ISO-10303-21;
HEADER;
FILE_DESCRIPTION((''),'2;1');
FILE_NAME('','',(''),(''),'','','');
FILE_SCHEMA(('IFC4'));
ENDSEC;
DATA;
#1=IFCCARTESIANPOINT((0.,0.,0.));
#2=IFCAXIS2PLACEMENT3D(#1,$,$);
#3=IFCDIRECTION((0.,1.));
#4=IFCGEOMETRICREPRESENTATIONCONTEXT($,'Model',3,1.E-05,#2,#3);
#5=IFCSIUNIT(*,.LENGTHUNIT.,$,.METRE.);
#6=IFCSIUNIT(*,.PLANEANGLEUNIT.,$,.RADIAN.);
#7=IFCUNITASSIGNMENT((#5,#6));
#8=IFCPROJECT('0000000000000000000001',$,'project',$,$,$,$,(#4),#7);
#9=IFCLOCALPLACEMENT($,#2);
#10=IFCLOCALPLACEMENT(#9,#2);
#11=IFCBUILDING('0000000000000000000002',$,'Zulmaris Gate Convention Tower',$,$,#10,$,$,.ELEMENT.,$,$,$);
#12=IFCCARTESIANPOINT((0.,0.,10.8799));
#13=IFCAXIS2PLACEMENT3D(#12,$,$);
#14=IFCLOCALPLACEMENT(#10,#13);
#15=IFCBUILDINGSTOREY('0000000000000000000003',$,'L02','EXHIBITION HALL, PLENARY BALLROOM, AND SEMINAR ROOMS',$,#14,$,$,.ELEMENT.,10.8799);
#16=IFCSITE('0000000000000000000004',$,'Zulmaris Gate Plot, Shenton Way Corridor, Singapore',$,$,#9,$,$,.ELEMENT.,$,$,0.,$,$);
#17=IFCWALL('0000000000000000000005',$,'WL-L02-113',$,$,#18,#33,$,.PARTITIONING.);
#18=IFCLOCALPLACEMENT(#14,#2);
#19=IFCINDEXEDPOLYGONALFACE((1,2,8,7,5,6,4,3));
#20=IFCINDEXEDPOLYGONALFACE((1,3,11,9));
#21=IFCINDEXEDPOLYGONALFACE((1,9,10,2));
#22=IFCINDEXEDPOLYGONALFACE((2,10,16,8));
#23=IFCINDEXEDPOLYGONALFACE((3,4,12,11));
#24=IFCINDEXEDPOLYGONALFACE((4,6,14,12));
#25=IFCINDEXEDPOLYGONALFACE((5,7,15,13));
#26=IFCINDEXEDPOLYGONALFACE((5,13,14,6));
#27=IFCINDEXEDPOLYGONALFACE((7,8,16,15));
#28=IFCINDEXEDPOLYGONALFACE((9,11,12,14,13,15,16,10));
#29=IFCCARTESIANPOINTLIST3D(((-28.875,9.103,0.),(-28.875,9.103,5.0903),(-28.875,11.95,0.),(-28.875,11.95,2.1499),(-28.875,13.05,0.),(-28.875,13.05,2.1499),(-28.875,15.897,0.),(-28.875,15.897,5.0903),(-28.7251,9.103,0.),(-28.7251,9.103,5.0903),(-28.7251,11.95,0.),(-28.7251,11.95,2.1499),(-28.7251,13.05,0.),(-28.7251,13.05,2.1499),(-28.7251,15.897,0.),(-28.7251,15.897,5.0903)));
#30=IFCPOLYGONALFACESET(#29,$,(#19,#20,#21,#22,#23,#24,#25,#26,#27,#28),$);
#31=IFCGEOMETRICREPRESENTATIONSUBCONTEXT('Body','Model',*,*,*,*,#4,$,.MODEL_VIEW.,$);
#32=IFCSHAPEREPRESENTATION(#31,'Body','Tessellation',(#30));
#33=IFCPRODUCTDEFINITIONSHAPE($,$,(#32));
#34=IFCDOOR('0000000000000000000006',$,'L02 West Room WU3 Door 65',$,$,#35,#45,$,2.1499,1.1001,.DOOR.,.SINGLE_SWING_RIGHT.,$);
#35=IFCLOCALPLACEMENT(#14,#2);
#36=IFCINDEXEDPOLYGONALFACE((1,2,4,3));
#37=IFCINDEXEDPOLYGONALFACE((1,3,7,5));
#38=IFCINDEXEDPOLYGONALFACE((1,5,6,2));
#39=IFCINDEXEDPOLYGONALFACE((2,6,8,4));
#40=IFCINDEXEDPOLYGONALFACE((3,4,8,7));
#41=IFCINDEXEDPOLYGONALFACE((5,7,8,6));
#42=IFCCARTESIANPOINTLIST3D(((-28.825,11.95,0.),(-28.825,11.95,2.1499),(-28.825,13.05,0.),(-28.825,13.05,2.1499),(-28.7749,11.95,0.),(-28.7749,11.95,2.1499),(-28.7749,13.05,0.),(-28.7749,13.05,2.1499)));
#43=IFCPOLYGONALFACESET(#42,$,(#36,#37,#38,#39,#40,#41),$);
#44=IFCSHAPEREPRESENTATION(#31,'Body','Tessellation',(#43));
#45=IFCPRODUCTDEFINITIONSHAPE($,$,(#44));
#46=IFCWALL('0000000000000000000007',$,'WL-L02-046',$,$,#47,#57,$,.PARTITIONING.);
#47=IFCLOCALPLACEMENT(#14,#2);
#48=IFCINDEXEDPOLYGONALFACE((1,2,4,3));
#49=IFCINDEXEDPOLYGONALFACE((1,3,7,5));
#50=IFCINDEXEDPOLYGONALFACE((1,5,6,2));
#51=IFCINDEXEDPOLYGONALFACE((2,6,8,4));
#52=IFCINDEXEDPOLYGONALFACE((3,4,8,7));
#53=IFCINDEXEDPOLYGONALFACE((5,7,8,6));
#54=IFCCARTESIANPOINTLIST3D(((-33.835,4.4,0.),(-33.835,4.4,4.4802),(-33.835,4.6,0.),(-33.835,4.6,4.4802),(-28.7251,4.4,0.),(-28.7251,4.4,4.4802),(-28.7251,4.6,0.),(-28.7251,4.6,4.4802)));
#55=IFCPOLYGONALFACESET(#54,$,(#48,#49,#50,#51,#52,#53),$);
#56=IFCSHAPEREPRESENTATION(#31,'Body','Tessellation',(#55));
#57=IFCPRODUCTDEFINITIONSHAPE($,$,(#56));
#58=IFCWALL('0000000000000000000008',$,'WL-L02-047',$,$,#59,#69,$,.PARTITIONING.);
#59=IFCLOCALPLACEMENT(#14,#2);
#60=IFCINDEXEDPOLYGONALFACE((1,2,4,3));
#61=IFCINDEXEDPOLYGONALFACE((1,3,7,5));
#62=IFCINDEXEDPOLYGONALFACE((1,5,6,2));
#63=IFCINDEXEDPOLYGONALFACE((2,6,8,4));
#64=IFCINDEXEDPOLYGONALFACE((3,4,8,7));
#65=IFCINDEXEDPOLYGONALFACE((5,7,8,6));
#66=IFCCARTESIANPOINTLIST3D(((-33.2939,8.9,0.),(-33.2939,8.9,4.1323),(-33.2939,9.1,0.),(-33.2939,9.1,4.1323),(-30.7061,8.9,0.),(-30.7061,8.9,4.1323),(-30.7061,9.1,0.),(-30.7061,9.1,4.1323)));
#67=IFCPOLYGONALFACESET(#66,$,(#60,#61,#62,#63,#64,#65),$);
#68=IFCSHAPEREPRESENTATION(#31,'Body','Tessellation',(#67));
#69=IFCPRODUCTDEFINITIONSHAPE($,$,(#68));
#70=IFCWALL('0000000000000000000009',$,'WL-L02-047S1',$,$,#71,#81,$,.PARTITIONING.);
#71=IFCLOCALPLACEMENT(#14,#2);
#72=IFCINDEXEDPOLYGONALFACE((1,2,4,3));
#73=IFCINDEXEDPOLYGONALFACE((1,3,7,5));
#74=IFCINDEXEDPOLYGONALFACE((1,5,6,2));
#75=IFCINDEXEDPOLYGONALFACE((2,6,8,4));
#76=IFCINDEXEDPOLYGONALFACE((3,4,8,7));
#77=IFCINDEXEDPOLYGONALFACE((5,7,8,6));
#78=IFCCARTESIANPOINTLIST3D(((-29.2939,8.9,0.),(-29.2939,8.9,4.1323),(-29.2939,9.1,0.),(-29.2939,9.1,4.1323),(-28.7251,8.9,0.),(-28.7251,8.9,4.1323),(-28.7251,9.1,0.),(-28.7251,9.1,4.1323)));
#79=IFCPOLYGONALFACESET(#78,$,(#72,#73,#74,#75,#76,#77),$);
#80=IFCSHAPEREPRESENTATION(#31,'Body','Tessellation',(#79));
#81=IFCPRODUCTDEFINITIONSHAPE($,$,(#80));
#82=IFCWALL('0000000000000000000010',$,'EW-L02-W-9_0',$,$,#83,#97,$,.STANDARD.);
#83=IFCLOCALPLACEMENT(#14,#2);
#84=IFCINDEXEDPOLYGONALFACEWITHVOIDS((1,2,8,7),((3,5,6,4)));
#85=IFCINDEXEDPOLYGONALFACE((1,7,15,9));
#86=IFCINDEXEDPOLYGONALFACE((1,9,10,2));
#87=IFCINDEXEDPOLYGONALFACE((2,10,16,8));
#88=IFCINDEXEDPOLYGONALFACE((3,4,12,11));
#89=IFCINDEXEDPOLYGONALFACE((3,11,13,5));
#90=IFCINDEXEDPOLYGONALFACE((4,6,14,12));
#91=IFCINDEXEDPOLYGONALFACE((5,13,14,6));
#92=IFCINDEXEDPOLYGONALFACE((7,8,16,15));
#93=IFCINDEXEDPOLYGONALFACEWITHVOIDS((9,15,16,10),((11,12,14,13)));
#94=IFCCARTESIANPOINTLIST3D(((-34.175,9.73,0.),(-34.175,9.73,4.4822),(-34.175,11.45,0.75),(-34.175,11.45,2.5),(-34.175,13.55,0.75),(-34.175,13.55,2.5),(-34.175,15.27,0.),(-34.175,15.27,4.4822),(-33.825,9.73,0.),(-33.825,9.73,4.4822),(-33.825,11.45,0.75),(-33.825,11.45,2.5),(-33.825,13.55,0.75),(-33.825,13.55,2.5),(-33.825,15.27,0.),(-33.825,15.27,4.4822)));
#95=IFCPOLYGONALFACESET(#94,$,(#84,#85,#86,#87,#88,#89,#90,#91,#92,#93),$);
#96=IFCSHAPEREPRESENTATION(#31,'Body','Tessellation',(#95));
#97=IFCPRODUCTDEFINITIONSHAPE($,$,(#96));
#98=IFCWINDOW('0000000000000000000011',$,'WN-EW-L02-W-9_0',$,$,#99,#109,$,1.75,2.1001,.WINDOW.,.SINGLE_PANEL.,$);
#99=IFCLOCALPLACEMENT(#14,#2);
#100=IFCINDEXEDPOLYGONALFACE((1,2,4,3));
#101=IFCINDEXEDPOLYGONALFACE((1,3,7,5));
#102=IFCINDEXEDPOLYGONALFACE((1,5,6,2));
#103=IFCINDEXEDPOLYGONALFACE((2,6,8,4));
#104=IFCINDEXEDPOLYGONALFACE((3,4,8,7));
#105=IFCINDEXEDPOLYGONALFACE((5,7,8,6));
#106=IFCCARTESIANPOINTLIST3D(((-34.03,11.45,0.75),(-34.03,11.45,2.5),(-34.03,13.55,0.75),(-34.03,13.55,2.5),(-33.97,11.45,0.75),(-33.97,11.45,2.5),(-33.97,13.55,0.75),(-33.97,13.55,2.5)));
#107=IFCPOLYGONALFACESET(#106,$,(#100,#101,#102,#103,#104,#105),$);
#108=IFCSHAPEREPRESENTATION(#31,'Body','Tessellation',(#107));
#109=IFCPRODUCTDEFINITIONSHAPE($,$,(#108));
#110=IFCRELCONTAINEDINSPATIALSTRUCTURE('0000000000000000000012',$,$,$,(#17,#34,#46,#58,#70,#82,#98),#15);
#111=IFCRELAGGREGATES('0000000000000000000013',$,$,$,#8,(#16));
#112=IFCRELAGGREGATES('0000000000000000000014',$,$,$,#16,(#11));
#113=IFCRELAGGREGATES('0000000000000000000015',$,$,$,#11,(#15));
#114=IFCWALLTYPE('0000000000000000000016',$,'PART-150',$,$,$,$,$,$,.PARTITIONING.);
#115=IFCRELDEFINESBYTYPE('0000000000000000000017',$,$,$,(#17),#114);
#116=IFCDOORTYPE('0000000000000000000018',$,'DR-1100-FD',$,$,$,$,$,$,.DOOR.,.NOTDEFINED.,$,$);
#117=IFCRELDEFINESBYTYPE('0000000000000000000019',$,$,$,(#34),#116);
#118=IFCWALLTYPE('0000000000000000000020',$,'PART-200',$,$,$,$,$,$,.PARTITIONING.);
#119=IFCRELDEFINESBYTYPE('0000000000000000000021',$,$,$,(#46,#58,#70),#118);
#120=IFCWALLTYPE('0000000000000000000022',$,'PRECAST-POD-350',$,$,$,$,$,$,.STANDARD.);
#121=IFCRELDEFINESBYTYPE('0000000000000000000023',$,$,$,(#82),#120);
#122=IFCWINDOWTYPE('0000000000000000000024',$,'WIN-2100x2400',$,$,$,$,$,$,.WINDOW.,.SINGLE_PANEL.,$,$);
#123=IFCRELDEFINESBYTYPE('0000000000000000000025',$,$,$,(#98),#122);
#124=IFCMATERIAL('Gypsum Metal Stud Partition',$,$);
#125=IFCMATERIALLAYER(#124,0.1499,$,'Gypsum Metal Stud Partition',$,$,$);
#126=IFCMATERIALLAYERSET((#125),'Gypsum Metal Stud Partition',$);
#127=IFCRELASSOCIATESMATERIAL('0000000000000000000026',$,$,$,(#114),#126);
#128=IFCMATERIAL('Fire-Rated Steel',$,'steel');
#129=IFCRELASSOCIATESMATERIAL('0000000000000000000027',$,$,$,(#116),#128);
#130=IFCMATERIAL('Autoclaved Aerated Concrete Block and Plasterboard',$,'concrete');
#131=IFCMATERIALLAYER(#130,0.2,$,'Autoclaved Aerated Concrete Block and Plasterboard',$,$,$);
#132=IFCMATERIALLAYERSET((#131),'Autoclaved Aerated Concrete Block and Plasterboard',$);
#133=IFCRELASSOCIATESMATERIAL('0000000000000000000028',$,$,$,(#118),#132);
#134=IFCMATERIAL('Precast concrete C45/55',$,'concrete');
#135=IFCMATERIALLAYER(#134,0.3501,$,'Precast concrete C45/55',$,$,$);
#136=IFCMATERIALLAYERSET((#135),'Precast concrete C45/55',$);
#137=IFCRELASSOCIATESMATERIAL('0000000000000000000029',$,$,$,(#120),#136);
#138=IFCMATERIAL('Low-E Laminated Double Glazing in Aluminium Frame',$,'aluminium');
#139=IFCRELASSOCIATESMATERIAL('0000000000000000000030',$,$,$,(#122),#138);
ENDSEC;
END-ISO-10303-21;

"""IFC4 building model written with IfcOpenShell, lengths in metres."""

from ifc_helpers import new_model, si_unit, direction, frame, frame_2d, origin, place, context, subcontext, project, spatial, rectangle, extrude, material, layer, layer_set, type_object, element, fill, save


model = new_model("IFC4")

# Units and contexts
model_context = context("Model", 3, precision=1e-05, world=origin(), true_north=direction((0.0, 1.0)))
body_context = subcontext(model_context, "Body", "Model", "MODEL_VIEW")
ifc_project = project(units=[si_unit("LENGTHUNIT", "METRE"), si_unit("PLANEANGLEUNIT", "RADIAN")], contexts=[model_context])

# Site, building, storey
site_placement = place(None, origin())
site = spatial("IfcSite", under=ifc_project, at=site_placement, Name="Zulmaris Gate Plot, Shenton Way Corridor, Singapore", CompositionType="ELEMENT", RefElevation=0.0)
building_placement = place(site_placement, origin())
building = spatial("IfcBuilding", under=site, at=building_placement, Name="Zulmaris Gate Convention Tower", CompositionType="ELEMENT")
storey_placement = place(building_placement, frame((0.0, 0.0, 10.8799)))
storey = spatial("IfcBuildingStorey", under=building, at=storey_placement, Name="L02", Description="EXHIBITION HALL, PLENARY BALLROOM, AND SEMINAR ROOMS", CompositionType="ELEMENT", Elevation=10.8799)

# Wall, opening, door
ifc_material_1 = material(Name="Gypsum Metal Stud Partition")
ifc_layer_1 = layer(ifc_material_1, 0.1499, Name="Gypsum Metal Stud Partition")
ifc_layer_set_1 = layer_set([ifc_layer_1], Name="Gypsum Metal Stud Partition")
wall_type_1 = type_object("IfcWallType", Name="PART-150", PredefinedType="PARTITIONING", material=ifc_layer_set_1)
ifc_material_2 = material(Name="Fire-Rated Steel", Category="steel")
door_type = type_object("IfcDoorType", Name="DR-1100-FD", OperationType="NOTDEFINED", PredefinedType="DOOR", material=ifc_material_2)
wall_1_placement = place(storey_placement, frame((-28.8, 9.103, 0.0), z_axis=(0.0, 0.0, 1.0), x_axis=(0.0, 1.0, 0.0)))
wall_1 = element("IfcWall", 1, at=wall_1_placement, inside=storey, type_object=wall_type_1, Name="WL-L02-113", PredefinedType="PARTITIONING", context=body_context, shape_type="SweptSolid", body=[
    extrude(rectangle(XDim=6.7939, YDim=0.1499, at=frame_2d((3.397, 0.0))), origin(), (0.0, 0.0, 1.0), 5.0903),
])
opening_1_placement = place(wall_1_placement, frame((2.8469, 0.0, 0.0)))
opening_1 = element("IfcOpeningElement", 2, at=opening_1_placement, cuts=wall_1, PredefinedType="OPENING", context=body_context, shape_type="SweptSolid", body=[
    extrude(rectangle(XDim=1.1001, YDim=2.1499, at=frame_2d((0.55, 1.075))), frame((0.0, 0.085, 0.0), z_axis=(0.0, -1.0, 0.0), x_axis=(1.0, 0.0, 0.0)), (0.0, 0.0, 1.0), 0.1699),
])
door_1_placement = place(opening_1_placement, origin())
door_1 = element("IfcDoor", 3, at=door_1_placement, inside=storey, type_object=door_type, Name="L02 West Room WU3 Door 65", OperationType="SINGLE_SWING_RIGHT", OverallHeight=2.1499, OverallWidth=1.1001, PredefinedType="DOOR", context=body_context, shape_type="SweptSolid", body=[
    extrude(rectangle(XDim=1.1001, YDim=2.1499, at=frame_2d((0.55, 1.075))), frame((0.0, 0.0249, 0.0), z_axis=(0.0, -1.0, 0.0), x_axis=(1.0, 0.0, 0.0)), (0.0, 0.0, 1.0), 0.05),
])
fill(opening_1, door_1)

# Walls
ifc_material_3 = material(Name="Autoclaved Aerated Concrete Block and Plasterboard", Category="concrete")
ifc_layer_2 = layer(ifc_material_3, 0.2, Name="Autoclaved Aerated Concrete Block and Plasterboard")
ifc_layer_set_2 = layer_set([ifc_layer_2], Name="Autoclaved Aerated Concrete Block and Plasterboard")
wall_type_2 = type_object("IfcWallType", Name="PART-200", PredefinedType="PARTITIONING", material=ifc_layer_set_2)
wall_2_placement = place(storey_placement, frame((-33.835, 4.5, 0.0), z_axis=(0.0, 0.0, 1.0), x_axis=(1.0, 0.0, 0.0)))
element("IfcWall", 4, at=wall_2_placement, inside=storey, type_object=wall_type_2, Name="WL-L02-046", PredefinedType="PARTITIONING", context=body_context, shape_type="SweptSolid", body=[
    extrude(rectangle(XDim=5.1099, YDim=0.2, at=frame_2d((2.5549, 0.0))), origin(), (0.0, 0.0, 1.0), 4.4802),
])
wall_3_placement = place(storey_placement, frame((-33.2939, 9.0, 0.0), z_axis=(0.0, 0.0, 1.0), x_axis=(1.0, 0.0, 0.0)))
element("IfcWall", 5, at=wall_3_placement, inside=storey, type_object=wall_type_2, Name="WL-L02-047", PredefinedType="PARTITIONING", context=body_context, shape_type="SweptSolid", body=[
    extrude(rectangle(XDim=2.5879, YDim=0.2, at=frame_2d((1.2939, 0.0))), origin(), (0.0, 0.0, 1.0), 4.1323),
])
wall_4_placement = place(storey_placement, frame((-29.2939, 9.0, 0.0), z_axis=(0.0, 0.0, 1.0), x_axis=(1.0, 0.0, 0.0)))
element("IfcWall", 6, at=wall_4_placement, inside=storey, type_object=wall_type_2, Name="WL-L02-047S1", PredefinedType="PARTITIONING", context=body_context, shape_type="SweptSolid", body=[
    extrude(rectangle(XDim=0.5688, YDim=0.2, at=frame_2d((0.2844, 0.0))), origin(), (0.0, 0.0, 1.0), 4.1323),
])

# Wall, opening, window
ifc_material_4 = material(Name="Precast concrete C45/55", Category="concrete")
ifc_layer_3 = layer(ifc_material_4, 0.3501, Name="Precast concrete C45/55")
ifc_layer_set_3 = layer_set([ifc_layer_3], Name="Precast concrete C45/55")
wall_type_3 = type_object("IfcWallType", Name="PRECAST-POD-350", PredefinedType="STANDARD", material=ifc_layer_set_3)
wall_5_placement = place(storey_placement, frame((-34.0, 9.73, 0.0), z_axis=(0.0, 0.0, 1.0), x_axis=(0.0, 1.0, 0.0)))
wall_5 = element("IfcWall", 7, at=wall_5_placement, inside=storey, type_object=wall_type_3, Name="EW-L02-W-9_0", PredefinedType="STANDARD", context=body_context, shape_type="SweptSolid", body=[
    extrude(rectangle(XDim=5.54, YDim=0.3501, at=frame_2d((2.77, 0.0))), origin(), (0.0, 0.0, 1.0), 4.4822),
])
opening_2_placement = place(wall_5_placement, frame((1.72, 0.0, 0.75)))
opening_2 = element("IfcOpeningElement", 8, at=opening_2_placement, cuts=wall_5, PredefinedType="OPENING", context=body_context, shape_type="SweptSolid", body=[
    extrude(rectangle(XDim=2.1001, YDim=1.75, at=frame_2d((1.05, 0.875))), frame((0.0, 0.1851, 0.0), z_axis=(0.0, -1.0, 0.0), x_axis=(1.0, 0.0, 0.0)), (0.0, 0.0, 1.0), 0.3701),
])
ifc_material_5 = material(Name="Low-E Laminated Double Glazing in Aluminium Frame", Category="aluminium")
window_type = type_object("IfcWindowType", Name="WIN-2100x2400", PartitioningType="SINGLE_PANEL", PredefinedType="WINDOW", material=ifc_material_5)
window_placement = place(opening_2_placement, origin())
window = element("IfcWindow", 9, at=window_placement, inside=storey, type_object=window_type, Name="WN-EW-L02-W-9_0", OverallHeight=1.75, OverallWidth=2.1001, PartitioningType="SINGLE_PANEL", PredefinedType="WINDOW", context=body_context, shape_type="SweptSolid", body=[
    extrude(rectangle(XDim=2.1001, YDim=1.75, at=frame_2d((1.05, 0.875))), frame((0.0, 0.03, 0.0), z_axis=(0.0, -1.0, 0.0), x_axis=(1.0, 0.0, 0.0)), (0.0, 0.0, 1.0), 0.0601),
])
fill(opening_2, window)

save(model, "model.ifc")
